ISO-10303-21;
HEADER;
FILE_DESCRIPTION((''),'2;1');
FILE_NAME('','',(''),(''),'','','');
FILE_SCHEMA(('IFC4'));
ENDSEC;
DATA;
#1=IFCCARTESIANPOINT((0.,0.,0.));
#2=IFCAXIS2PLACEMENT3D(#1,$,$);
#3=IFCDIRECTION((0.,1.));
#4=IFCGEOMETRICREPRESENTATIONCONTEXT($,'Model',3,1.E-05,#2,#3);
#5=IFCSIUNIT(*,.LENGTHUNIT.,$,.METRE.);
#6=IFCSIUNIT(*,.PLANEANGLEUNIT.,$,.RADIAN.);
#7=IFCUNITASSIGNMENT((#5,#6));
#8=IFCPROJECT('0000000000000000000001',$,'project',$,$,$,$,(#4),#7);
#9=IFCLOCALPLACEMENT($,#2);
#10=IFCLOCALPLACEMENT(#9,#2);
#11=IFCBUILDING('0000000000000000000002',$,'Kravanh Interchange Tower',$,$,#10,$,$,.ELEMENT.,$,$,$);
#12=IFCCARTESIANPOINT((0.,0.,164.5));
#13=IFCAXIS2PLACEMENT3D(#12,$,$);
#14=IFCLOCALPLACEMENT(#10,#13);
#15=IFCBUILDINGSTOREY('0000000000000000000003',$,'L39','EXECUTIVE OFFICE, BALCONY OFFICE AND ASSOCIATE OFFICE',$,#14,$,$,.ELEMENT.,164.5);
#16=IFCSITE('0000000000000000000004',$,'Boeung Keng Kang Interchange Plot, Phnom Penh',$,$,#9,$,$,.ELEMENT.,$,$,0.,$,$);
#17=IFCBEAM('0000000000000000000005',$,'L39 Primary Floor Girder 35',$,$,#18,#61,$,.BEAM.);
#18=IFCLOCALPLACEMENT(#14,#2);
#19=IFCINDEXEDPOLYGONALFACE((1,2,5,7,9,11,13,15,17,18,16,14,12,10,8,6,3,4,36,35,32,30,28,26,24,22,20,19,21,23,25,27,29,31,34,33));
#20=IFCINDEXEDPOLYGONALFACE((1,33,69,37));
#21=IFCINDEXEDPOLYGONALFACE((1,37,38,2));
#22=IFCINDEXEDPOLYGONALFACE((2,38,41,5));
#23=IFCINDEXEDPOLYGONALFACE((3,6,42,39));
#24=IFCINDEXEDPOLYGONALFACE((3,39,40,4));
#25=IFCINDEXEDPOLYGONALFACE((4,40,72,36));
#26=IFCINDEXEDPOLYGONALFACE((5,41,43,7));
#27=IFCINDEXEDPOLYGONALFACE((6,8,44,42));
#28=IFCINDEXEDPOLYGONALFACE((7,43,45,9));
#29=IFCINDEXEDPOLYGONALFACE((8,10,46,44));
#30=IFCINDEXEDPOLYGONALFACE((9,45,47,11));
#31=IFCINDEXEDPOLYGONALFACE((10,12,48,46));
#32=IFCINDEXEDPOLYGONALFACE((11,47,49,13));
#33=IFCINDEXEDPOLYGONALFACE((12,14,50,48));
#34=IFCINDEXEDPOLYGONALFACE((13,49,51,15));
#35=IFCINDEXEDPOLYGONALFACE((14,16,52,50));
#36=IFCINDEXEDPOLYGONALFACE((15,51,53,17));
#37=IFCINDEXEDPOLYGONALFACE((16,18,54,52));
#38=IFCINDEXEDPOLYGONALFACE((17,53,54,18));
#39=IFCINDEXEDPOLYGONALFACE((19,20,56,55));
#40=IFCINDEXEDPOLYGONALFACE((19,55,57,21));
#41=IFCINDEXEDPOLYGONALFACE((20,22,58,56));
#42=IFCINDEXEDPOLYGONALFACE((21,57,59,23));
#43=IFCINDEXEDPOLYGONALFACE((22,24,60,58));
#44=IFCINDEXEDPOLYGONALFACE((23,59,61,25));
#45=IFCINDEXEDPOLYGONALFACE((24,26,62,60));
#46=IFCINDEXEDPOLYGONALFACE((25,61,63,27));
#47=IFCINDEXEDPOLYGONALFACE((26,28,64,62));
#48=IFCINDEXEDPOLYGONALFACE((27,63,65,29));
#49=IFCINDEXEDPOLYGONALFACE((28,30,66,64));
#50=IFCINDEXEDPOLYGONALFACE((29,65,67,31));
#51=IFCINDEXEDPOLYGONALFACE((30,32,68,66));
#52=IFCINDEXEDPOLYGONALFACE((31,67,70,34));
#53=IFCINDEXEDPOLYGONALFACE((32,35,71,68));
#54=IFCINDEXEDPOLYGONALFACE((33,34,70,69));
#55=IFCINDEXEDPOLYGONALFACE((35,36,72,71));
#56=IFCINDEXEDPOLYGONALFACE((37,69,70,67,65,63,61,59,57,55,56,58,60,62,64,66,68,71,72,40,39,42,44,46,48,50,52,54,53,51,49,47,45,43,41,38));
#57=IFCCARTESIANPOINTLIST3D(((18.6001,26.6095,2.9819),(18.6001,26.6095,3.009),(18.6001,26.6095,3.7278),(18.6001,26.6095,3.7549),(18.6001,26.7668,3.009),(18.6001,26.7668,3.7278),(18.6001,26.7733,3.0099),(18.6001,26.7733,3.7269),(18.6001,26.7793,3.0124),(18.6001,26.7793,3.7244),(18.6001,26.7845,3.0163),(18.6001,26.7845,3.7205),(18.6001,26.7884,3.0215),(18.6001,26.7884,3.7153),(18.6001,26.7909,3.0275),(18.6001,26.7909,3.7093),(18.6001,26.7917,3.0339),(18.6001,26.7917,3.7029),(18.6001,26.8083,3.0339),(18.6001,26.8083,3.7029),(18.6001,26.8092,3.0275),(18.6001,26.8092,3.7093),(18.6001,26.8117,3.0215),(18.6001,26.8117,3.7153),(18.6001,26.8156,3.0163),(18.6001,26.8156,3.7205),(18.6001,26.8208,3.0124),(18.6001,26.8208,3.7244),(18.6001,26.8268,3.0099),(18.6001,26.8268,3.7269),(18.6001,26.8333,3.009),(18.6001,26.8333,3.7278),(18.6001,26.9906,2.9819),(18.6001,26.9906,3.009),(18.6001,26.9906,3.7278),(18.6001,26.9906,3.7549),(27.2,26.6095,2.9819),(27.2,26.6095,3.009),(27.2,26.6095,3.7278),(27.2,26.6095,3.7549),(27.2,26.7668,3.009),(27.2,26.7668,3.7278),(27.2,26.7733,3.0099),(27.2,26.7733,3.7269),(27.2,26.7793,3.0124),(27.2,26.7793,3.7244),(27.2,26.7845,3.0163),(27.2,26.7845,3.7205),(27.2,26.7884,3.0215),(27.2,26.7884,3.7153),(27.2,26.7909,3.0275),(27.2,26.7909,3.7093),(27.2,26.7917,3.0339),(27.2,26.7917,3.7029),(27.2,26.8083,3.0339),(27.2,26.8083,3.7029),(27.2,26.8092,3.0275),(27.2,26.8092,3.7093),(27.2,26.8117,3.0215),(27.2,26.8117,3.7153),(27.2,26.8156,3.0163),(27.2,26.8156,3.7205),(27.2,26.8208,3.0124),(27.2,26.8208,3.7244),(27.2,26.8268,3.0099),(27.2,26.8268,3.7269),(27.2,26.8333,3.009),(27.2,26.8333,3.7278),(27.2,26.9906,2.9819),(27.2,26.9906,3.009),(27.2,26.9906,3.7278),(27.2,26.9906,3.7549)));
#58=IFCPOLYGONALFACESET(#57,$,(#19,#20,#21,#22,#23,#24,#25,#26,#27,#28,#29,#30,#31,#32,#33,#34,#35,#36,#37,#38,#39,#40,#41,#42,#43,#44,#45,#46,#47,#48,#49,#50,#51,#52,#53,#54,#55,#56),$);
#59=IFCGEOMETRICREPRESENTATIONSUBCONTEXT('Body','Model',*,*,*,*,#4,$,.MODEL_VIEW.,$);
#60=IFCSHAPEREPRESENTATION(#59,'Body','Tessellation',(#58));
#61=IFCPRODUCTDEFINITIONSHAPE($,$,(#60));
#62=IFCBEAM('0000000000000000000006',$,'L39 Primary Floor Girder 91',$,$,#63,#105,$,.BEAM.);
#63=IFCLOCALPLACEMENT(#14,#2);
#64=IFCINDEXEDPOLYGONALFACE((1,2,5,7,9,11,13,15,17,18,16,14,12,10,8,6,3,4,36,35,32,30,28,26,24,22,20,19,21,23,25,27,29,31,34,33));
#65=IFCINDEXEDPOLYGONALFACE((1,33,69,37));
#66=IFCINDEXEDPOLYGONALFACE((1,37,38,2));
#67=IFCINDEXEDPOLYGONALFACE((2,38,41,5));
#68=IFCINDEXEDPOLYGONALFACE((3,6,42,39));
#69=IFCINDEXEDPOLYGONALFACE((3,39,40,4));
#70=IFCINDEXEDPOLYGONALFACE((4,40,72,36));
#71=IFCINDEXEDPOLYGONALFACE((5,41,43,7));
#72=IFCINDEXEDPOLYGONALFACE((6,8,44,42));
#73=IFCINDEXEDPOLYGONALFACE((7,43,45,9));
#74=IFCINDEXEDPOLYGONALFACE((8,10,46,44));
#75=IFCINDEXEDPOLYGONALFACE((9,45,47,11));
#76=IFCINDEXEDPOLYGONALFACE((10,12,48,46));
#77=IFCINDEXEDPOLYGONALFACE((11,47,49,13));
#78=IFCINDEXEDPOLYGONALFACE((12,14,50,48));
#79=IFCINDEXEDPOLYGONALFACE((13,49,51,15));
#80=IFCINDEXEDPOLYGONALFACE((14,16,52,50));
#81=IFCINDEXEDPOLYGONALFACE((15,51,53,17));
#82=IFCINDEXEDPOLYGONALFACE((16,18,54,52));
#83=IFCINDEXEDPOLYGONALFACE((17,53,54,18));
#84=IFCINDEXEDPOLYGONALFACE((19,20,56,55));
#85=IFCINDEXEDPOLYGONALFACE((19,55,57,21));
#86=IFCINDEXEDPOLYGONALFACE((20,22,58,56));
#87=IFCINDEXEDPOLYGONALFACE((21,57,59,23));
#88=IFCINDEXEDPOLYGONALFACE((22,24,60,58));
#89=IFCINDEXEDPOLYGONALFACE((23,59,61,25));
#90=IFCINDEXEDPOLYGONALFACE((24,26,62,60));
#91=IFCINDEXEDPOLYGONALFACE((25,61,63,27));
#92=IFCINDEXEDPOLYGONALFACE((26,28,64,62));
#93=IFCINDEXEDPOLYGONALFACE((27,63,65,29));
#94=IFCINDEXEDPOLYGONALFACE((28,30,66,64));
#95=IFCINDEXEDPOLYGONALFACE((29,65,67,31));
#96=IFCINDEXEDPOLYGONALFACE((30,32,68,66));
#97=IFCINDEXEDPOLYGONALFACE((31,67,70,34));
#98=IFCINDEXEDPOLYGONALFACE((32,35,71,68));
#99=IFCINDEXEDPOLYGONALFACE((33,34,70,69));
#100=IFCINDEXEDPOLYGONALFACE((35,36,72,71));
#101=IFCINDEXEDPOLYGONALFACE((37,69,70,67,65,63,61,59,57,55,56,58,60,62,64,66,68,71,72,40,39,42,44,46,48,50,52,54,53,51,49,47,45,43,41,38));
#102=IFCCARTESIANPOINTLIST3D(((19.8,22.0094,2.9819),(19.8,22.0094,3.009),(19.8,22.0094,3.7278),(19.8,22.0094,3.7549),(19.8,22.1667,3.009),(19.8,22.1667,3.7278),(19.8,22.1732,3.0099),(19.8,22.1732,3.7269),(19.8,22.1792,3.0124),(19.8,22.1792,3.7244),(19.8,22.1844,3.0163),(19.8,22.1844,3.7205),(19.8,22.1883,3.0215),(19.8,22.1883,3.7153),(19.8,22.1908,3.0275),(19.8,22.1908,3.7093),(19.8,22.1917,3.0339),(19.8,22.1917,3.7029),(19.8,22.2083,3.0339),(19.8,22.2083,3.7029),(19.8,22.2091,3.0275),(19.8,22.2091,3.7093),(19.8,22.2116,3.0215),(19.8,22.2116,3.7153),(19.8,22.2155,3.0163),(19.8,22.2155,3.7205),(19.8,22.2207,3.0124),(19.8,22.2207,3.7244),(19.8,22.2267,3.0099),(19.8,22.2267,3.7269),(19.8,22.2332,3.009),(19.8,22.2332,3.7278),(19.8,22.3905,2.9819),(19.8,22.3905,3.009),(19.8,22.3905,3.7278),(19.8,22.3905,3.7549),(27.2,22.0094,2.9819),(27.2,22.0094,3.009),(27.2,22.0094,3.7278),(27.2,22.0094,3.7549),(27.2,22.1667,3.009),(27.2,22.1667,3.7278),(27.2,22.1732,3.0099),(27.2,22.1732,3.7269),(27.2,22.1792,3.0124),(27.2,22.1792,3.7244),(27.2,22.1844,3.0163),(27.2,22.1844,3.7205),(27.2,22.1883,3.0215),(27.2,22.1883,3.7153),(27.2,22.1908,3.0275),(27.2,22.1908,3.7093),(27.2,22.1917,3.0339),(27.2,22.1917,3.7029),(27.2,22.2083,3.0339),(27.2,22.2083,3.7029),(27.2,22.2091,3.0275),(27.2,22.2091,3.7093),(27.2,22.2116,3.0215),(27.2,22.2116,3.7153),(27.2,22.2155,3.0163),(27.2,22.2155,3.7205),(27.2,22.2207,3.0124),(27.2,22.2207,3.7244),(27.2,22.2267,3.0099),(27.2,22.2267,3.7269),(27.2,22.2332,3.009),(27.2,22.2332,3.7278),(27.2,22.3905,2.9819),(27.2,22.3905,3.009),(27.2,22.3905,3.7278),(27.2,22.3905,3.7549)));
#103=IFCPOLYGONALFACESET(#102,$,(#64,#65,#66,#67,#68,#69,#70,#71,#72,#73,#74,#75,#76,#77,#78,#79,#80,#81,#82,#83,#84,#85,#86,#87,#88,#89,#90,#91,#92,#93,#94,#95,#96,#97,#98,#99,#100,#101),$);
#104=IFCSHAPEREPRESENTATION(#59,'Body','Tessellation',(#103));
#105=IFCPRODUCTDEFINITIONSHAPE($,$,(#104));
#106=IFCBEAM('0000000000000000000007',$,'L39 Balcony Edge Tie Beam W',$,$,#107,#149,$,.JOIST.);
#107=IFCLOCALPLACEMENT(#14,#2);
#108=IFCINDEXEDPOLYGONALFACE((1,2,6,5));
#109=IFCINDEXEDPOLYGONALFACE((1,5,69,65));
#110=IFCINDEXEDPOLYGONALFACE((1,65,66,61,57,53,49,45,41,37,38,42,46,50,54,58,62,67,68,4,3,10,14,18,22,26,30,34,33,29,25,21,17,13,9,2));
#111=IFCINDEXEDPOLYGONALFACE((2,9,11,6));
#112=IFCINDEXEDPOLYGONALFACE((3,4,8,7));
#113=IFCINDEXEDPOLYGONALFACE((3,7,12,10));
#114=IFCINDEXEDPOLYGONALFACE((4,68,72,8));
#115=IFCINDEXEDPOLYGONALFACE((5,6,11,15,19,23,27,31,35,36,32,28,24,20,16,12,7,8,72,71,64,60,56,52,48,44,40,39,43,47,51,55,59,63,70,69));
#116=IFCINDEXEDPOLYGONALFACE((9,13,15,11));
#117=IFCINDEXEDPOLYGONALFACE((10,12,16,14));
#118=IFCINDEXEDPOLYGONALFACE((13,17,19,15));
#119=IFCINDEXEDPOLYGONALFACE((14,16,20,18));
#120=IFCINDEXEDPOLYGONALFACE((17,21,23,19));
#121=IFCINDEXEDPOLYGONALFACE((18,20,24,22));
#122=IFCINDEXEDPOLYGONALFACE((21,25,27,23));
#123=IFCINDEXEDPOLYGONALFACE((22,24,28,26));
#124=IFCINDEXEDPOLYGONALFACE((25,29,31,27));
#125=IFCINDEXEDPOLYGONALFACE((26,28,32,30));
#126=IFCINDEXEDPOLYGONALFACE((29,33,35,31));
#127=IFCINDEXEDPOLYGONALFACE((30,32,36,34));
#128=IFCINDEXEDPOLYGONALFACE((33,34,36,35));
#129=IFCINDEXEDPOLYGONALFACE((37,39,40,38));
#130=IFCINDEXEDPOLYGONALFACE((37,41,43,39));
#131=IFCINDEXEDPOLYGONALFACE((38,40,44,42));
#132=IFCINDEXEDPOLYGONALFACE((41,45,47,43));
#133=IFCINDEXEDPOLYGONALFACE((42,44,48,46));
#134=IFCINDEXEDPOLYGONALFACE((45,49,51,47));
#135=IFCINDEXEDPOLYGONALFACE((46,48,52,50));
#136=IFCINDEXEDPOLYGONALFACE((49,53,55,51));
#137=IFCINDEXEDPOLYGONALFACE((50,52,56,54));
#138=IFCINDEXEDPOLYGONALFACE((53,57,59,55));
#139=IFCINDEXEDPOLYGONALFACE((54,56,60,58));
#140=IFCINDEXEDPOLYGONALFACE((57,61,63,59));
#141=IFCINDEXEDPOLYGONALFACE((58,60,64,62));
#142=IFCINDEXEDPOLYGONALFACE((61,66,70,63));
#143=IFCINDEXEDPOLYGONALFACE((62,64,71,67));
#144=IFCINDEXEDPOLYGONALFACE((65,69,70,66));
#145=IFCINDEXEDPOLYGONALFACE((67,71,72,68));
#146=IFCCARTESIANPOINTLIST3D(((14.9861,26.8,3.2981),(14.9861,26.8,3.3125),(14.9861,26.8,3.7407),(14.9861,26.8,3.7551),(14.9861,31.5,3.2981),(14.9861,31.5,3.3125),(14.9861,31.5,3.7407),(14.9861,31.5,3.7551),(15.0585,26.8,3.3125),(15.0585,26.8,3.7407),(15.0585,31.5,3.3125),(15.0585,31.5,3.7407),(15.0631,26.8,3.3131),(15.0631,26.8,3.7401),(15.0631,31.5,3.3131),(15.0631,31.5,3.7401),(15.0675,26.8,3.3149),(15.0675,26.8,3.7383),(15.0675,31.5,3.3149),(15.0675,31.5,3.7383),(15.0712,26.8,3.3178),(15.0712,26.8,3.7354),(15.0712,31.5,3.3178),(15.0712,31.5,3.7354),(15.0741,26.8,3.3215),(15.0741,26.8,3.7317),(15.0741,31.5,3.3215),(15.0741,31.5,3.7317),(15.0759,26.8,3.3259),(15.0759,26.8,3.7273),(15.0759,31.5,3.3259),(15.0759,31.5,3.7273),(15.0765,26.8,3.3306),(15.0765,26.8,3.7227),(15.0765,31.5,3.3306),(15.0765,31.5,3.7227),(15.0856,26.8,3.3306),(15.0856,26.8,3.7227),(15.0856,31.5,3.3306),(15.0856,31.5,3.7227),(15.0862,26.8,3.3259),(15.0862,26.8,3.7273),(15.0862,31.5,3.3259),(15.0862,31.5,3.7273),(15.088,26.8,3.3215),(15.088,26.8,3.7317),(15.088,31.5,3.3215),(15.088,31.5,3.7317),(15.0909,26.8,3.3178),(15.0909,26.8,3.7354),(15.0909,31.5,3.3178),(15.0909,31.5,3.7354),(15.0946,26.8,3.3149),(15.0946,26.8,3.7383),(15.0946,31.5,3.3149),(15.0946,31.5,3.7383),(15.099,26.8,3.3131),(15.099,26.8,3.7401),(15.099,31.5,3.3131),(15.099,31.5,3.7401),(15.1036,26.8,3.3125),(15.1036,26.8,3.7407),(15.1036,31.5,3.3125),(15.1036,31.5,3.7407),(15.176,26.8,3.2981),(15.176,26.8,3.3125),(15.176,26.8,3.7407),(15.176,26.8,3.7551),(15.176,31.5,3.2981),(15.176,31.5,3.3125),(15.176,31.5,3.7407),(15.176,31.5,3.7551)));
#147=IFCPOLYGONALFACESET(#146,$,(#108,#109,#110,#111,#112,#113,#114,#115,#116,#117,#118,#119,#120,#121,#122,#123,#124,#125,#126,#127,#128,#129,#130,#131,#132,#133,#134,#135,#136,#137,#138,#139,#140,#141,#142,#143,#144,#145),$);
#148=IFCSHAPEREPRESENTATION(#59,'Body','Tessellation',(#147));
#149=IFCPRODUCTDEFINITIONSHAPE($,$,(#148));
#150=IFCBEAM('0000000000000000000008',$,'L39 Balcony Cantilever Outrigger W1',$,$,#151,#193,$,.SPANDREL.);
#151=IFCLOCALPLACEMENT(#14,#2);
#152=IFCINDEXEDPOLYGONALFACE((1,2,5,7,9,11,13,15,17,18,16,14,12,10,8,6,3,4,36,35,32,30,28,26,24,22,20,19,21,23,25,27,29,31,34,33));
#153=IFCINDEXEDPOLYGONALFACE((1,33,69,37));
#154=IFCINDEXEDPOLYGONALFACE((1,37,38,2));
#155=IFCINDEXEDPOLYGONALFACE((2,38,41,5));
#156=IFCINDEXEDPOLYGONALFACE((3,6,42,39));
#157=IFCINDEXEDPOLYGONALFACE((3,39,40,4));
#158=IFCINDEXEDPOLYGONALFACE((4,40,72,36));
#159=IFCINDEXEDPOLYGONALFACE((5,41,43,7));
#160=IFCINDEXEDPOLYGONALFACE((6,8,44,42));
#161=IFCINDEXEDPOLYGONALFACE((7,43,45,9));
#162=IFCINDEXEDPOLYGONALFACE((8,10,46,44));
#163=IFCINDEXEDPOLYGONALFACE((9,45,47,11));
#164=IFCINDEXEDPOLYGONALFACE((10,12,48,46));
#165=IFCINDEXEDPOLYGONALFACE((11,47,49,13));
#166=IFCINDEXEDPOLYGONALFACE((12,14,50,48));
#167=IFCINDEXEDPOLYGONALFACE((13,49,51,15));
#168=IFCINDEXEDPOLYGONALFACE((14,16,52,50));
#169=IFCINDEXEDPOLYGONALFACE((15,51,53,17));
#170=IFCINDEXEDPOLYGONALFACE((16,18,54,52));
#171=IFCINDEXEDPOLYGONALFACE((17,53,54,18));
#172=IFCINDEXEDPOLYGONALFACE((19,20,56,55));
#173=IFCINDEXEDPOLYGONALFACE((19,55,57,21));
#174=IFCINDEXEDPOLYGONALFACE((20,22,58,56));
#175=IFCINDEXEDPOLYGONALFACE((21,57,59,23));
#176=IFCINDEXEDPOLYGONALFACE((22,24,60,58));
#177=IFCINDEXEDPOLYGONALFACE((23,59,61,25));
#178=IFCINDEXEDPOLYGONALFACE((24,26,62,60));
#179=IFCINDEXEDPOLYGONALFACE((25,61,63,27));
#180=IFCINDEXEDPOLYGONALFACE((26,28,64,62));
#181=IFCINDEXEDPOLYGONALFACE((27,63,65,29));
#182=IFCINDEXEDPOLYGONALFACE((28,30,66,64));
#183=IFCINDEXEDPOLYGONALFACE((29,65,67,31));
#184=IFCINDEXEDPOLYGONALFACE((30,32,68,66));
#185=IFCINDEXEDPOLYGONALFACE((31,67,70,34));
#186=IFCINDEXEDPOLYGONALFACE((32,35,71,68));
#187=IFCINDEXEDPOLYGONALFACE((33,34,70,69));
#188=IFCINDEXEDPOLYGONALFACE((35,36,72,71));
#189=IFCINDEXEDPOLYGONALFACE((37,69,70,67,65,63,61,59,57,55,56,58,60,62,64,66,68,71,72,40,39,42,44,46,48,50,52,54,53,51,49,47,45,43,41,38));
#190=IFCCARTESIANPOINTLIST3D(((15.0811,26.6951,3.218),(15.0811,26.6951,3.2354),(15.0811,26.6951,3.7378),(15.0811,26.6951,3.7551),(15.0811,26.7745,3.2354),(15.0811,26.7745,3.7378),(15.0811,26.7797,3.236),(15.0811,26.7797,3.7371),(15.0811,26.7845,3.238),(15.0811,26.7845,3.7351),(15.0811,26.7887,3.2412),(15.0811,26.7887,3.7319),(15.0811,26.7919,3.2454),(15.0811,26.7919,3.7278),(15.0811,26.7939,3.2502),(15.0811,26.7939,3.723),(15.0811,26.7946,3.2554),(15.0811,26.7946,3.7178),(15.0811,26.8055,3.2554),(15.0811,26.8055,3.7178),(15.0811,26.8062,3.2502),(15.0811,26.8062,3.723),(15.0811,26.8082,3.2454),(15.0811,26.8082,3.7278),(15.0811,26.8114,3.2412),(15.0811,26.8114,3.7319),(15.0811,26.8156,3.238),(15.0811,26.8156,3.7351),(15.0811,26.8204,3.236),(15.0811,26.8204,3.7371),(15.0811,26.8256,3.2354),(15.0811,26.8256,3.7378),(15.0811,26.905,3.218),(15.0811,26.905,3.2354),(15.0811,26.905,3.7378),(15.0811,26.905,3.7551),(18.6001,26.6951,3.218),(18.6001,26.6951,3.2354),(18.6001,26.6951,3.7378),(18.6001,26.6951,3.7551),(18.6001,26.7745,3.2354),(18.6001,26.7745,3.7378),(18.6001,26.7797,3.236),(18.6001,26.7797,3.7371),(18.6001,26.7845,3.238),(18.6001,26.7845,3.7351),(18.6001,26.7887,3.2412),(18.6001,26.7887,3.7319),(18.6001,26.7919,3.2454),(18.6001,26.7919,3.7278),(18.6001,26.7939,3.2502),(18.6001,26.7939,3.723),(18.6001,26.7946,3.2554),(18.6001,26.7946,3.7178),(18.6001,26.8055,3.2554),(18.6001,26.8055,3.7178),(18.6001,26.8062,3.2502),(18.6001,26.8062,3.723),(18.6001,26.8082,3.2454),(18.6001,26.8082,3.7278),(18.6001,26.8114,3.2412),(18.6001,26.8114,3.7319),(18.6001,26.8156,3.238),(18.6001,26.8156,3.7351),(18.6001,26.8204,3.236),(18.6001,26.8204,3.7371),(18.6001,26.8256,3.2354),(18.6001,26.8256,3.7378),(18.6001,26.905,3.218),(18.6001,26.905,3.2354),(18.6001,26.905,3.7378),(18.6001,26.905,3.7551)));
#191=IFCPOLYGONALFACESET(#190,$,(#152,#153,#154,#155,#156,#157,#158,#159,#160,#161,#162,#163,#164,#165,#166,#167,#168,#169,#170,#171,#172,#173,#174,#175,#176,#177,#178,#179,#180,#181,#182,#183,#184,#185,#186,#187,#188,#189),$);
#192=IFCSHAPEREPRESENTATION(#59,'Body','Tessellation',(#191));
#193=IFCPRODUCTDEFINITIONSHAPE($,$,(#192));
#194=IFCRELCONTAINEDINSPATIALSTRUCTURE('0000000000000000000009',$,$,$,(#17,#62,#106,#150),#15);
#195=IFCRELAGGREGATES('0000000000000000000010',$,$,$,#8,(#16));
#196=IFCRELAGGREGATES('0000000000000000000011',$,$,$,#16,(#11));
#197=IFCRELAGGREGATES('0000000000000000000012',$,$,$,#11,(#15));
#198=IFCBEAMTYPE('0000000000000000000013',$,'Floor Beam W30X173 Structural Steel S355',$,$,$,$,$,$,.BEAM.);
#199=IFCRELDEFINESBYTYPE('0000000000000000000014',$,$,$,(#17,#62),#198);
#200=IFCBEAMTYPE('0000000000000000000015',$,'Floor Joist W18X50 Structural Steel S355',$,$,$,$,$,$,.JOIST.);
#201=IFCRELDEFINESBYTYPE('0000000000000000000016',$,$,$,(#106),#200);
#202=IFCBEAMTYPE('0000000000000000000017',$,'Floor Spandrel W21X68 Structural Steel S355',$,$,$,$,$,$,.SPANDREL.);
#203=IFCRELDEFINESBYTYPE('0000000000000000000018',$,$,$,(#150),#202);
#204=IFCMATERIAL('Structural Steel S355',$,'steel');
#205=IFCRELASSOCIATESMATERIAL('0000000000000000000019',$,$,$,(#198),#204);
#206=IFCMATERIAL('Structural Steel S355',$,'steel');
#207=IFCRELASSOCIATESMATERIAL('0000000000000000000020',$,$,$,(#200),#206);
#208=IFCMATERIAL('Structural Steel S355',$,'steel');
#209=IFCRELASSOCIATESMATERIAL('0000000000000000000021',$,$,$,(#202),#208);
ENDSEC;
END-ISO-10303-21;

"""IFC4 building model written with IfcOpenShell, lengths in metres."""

from ifc_helpers import new_model, si_unit, direction, frame, origin, origin_2d, place, context, subcontext, project, spatial, i_section, extrude, material, material_profile, profile_set, type_object, element, save


model = new_model("IFC4")

# Units and contexts
model_context = context("Model", 3, precision=1e-05, world=origin(), true_north=direction((0.0, 1.0)))
body_context = subcontext(model_context, "Body", "Model", "MODEL_VIEW")
ifc_project = project(units=[si_unit("LENGTHUNIT", "METRE"), si_unit("PLANEANGLEUNIT", "RADIAN")], contexts=[model_context])

# Site, building, storey
site_placement = place(None, origin())
site = spatial("IfcSite", under=ifc_project, at=site_placement, Name="Boeung Keng Kang Interchange Plot, Phnom Penh", CompositionType="ELEMENT", RefElevation=0.0)
building_placement = place(site_placement, origin())
building = spatial("IfcBuilding", under=site, at=building_placement, Name="Kravanh Interchange Tower", CompositionType="ELEMENT")
storey_placement = place(building_placement, frame((0.0, 0.0, 164.5)))
storey = spatial("IfcBuildingStorey", under=building, at=storey_placement, Name="L39", Description="EXECUTIVE OFFICE, BALCONY OFFICE AND ASSOCIATE OFFICE", CompositionType="ELEMENT", Elevation=164.5)

# Beams
ifc_material_1 = material(Name="Structural Steel S355", Category="steel")
ifc_material_profile_1 = material_profile(ifc_material_1, i_section(OverallWidth=0.3811, OverallDepth=0.7729, WebThickness=0.0166, FlangeThickness=0.0271, FilletRadius=0.0249, at=origin_2d()), Name="W30X173")
ifc_profile_set_1 = profile_set([ifc_material_profile_1], Name="Structural Steel S355")
beam_type_1 = type_object("IfcBeamType", Name="Floor Beam W30X173 Structural Steel S355", PredefinedType="BEAM", material=ifc_profile_set_1)
beam_1_placement = place(storey_placement, frame((18.6001, 26.8, 3.3684), z_axis=(1.0, 0.0, 0.0), x_axis=(0.0, 1.0, 0.0)))
element("IfcBeam", 1, at=beam_1_placement, inside=storey, type_object=beam_type_1, Name="L39 Primary Floor Girder 35", PredefinedType="BEAM", context=body_context, shape_type="SweptSolid", body=[
    extrude(i_section(OverallWidth=0.3811, OverallDepth=0.7729, WebThickness=0.0166, FlangeThickness=0.0271, FilletRadius=0.0249, at=origin_2d()), origin(), (0.0, 0.0, 1.0), 8.5999),
])
beam_2_placement = place(storey_placement, frame((19.8, 22.2, 3.3684), z_axis=(1.0, 0.0, 0.0), x_axis=(0.0, 1.0, 0.0)))
element("IfcBeam", 2, at=beam_2_placement, inside=storey, type_object=beam_type_1, Name="L39 Primary Floor Girder 91", PredefinedType="BEAM", context=body_context, shape_type="SweptSolid", body=[
    extrude(i_section(OverallWidth=0.3811, OverallDepth=0.7729, WebThickness=0.0166, FlangeThickness=0.0271, FilletRadius=0.0249, at=origin_2d()), origin(), (0.0, 0.0, 1.0), 7.3999),
])
ifc_material_2 = material(Name="Structural Steel S355", Category="steel")
ifc_material_profile_2 = material_profile(ifc_material_2, i_section(OverallWidth=0.1899, OverallDepth=0.457, WebThickness=0.009, FlangeThickness=0.0144, FilletRadius=0.0181, at=origin_2d()), Name="W18X50")
ifc_profile_set_2 = profile_set([ifc_material_profile_2], Name="Structural Steel S355")
beam_type_2 = type_object("IfcBeamType", Name="Floor Joist W18X50 Structural Steel S355", PredefinedType="JOIST", material=ifc_profile_set_2)
beam_3_placement = place(storey_placement, frame((15.0811, 26.8, 3.5266), z_axis=(0.0, 1.0, 0.0), x_axis=(-1.0, 0.0, 0.0)))
element("IfcBeam", 3, at=beam_3_placement, inside=storey, type_object=beam_type_2, Name="L39 Balcony Edge Tie Beam W", PredefinedType="JOIST", context=body_context, shape_type="SweptSolid", body=[
    extrude(i_section(OverallWidth=0.1899, OverallDepth=0.457, WebThickness=0.009, FlangeThickness=0.0144, FilletRadius=0.0181, at=origin_2d()), origin(), (0.0, 0.0, 1.0), 4.7),
])
ifc_material_3 = material(Name="Structural Steel S355", Category="steel")
ifc_material_profile_3 = material_profile(ifc_material_3, i_section(OverallWidth=0.21, OverallDepth=0.5371, WebThickness=0.011, FlangeThickness=0.0173, FilletRadius=0.02, at=origin_2d()), Name="W21X68")
ifc_profile_set_3 = profile_set([ifc_material_profile_3], Name="Structural Steel S355")
beam_type_3 = type_object("IfcBeamType", Name="Floor Spandrel W21X68 Structural Steel S355", PredefinedType="SPANDREL", material=ifc_profile_set_3)
beam_4_placement = place(storey_placement, frame((18.6001, 26.8, 3.4866), z_axis=(-1.0, 0.0, 0.0), x_axis=(0.0, -1.0, 0.0)))
element("IfcBeam", 4, at=beam_4_placement, inside=storey, type_object=beam_type_3, Name="L39 Balcony Cantilever Outrigger W1", PredefinedType="SPANDREL", context=body_context, shape_type="SweptSolid", body=[
    extrude(i_section(OverallWidth=0.21, OverallDepth=0.5371, WebThickness=0.011, FlangeThickness=0.0173, FilletRadius=0.02, at=origin_2d()), origin(), (0.0, 0.0, 1.0), 3.519),
])

save(model, "model.ifc")
